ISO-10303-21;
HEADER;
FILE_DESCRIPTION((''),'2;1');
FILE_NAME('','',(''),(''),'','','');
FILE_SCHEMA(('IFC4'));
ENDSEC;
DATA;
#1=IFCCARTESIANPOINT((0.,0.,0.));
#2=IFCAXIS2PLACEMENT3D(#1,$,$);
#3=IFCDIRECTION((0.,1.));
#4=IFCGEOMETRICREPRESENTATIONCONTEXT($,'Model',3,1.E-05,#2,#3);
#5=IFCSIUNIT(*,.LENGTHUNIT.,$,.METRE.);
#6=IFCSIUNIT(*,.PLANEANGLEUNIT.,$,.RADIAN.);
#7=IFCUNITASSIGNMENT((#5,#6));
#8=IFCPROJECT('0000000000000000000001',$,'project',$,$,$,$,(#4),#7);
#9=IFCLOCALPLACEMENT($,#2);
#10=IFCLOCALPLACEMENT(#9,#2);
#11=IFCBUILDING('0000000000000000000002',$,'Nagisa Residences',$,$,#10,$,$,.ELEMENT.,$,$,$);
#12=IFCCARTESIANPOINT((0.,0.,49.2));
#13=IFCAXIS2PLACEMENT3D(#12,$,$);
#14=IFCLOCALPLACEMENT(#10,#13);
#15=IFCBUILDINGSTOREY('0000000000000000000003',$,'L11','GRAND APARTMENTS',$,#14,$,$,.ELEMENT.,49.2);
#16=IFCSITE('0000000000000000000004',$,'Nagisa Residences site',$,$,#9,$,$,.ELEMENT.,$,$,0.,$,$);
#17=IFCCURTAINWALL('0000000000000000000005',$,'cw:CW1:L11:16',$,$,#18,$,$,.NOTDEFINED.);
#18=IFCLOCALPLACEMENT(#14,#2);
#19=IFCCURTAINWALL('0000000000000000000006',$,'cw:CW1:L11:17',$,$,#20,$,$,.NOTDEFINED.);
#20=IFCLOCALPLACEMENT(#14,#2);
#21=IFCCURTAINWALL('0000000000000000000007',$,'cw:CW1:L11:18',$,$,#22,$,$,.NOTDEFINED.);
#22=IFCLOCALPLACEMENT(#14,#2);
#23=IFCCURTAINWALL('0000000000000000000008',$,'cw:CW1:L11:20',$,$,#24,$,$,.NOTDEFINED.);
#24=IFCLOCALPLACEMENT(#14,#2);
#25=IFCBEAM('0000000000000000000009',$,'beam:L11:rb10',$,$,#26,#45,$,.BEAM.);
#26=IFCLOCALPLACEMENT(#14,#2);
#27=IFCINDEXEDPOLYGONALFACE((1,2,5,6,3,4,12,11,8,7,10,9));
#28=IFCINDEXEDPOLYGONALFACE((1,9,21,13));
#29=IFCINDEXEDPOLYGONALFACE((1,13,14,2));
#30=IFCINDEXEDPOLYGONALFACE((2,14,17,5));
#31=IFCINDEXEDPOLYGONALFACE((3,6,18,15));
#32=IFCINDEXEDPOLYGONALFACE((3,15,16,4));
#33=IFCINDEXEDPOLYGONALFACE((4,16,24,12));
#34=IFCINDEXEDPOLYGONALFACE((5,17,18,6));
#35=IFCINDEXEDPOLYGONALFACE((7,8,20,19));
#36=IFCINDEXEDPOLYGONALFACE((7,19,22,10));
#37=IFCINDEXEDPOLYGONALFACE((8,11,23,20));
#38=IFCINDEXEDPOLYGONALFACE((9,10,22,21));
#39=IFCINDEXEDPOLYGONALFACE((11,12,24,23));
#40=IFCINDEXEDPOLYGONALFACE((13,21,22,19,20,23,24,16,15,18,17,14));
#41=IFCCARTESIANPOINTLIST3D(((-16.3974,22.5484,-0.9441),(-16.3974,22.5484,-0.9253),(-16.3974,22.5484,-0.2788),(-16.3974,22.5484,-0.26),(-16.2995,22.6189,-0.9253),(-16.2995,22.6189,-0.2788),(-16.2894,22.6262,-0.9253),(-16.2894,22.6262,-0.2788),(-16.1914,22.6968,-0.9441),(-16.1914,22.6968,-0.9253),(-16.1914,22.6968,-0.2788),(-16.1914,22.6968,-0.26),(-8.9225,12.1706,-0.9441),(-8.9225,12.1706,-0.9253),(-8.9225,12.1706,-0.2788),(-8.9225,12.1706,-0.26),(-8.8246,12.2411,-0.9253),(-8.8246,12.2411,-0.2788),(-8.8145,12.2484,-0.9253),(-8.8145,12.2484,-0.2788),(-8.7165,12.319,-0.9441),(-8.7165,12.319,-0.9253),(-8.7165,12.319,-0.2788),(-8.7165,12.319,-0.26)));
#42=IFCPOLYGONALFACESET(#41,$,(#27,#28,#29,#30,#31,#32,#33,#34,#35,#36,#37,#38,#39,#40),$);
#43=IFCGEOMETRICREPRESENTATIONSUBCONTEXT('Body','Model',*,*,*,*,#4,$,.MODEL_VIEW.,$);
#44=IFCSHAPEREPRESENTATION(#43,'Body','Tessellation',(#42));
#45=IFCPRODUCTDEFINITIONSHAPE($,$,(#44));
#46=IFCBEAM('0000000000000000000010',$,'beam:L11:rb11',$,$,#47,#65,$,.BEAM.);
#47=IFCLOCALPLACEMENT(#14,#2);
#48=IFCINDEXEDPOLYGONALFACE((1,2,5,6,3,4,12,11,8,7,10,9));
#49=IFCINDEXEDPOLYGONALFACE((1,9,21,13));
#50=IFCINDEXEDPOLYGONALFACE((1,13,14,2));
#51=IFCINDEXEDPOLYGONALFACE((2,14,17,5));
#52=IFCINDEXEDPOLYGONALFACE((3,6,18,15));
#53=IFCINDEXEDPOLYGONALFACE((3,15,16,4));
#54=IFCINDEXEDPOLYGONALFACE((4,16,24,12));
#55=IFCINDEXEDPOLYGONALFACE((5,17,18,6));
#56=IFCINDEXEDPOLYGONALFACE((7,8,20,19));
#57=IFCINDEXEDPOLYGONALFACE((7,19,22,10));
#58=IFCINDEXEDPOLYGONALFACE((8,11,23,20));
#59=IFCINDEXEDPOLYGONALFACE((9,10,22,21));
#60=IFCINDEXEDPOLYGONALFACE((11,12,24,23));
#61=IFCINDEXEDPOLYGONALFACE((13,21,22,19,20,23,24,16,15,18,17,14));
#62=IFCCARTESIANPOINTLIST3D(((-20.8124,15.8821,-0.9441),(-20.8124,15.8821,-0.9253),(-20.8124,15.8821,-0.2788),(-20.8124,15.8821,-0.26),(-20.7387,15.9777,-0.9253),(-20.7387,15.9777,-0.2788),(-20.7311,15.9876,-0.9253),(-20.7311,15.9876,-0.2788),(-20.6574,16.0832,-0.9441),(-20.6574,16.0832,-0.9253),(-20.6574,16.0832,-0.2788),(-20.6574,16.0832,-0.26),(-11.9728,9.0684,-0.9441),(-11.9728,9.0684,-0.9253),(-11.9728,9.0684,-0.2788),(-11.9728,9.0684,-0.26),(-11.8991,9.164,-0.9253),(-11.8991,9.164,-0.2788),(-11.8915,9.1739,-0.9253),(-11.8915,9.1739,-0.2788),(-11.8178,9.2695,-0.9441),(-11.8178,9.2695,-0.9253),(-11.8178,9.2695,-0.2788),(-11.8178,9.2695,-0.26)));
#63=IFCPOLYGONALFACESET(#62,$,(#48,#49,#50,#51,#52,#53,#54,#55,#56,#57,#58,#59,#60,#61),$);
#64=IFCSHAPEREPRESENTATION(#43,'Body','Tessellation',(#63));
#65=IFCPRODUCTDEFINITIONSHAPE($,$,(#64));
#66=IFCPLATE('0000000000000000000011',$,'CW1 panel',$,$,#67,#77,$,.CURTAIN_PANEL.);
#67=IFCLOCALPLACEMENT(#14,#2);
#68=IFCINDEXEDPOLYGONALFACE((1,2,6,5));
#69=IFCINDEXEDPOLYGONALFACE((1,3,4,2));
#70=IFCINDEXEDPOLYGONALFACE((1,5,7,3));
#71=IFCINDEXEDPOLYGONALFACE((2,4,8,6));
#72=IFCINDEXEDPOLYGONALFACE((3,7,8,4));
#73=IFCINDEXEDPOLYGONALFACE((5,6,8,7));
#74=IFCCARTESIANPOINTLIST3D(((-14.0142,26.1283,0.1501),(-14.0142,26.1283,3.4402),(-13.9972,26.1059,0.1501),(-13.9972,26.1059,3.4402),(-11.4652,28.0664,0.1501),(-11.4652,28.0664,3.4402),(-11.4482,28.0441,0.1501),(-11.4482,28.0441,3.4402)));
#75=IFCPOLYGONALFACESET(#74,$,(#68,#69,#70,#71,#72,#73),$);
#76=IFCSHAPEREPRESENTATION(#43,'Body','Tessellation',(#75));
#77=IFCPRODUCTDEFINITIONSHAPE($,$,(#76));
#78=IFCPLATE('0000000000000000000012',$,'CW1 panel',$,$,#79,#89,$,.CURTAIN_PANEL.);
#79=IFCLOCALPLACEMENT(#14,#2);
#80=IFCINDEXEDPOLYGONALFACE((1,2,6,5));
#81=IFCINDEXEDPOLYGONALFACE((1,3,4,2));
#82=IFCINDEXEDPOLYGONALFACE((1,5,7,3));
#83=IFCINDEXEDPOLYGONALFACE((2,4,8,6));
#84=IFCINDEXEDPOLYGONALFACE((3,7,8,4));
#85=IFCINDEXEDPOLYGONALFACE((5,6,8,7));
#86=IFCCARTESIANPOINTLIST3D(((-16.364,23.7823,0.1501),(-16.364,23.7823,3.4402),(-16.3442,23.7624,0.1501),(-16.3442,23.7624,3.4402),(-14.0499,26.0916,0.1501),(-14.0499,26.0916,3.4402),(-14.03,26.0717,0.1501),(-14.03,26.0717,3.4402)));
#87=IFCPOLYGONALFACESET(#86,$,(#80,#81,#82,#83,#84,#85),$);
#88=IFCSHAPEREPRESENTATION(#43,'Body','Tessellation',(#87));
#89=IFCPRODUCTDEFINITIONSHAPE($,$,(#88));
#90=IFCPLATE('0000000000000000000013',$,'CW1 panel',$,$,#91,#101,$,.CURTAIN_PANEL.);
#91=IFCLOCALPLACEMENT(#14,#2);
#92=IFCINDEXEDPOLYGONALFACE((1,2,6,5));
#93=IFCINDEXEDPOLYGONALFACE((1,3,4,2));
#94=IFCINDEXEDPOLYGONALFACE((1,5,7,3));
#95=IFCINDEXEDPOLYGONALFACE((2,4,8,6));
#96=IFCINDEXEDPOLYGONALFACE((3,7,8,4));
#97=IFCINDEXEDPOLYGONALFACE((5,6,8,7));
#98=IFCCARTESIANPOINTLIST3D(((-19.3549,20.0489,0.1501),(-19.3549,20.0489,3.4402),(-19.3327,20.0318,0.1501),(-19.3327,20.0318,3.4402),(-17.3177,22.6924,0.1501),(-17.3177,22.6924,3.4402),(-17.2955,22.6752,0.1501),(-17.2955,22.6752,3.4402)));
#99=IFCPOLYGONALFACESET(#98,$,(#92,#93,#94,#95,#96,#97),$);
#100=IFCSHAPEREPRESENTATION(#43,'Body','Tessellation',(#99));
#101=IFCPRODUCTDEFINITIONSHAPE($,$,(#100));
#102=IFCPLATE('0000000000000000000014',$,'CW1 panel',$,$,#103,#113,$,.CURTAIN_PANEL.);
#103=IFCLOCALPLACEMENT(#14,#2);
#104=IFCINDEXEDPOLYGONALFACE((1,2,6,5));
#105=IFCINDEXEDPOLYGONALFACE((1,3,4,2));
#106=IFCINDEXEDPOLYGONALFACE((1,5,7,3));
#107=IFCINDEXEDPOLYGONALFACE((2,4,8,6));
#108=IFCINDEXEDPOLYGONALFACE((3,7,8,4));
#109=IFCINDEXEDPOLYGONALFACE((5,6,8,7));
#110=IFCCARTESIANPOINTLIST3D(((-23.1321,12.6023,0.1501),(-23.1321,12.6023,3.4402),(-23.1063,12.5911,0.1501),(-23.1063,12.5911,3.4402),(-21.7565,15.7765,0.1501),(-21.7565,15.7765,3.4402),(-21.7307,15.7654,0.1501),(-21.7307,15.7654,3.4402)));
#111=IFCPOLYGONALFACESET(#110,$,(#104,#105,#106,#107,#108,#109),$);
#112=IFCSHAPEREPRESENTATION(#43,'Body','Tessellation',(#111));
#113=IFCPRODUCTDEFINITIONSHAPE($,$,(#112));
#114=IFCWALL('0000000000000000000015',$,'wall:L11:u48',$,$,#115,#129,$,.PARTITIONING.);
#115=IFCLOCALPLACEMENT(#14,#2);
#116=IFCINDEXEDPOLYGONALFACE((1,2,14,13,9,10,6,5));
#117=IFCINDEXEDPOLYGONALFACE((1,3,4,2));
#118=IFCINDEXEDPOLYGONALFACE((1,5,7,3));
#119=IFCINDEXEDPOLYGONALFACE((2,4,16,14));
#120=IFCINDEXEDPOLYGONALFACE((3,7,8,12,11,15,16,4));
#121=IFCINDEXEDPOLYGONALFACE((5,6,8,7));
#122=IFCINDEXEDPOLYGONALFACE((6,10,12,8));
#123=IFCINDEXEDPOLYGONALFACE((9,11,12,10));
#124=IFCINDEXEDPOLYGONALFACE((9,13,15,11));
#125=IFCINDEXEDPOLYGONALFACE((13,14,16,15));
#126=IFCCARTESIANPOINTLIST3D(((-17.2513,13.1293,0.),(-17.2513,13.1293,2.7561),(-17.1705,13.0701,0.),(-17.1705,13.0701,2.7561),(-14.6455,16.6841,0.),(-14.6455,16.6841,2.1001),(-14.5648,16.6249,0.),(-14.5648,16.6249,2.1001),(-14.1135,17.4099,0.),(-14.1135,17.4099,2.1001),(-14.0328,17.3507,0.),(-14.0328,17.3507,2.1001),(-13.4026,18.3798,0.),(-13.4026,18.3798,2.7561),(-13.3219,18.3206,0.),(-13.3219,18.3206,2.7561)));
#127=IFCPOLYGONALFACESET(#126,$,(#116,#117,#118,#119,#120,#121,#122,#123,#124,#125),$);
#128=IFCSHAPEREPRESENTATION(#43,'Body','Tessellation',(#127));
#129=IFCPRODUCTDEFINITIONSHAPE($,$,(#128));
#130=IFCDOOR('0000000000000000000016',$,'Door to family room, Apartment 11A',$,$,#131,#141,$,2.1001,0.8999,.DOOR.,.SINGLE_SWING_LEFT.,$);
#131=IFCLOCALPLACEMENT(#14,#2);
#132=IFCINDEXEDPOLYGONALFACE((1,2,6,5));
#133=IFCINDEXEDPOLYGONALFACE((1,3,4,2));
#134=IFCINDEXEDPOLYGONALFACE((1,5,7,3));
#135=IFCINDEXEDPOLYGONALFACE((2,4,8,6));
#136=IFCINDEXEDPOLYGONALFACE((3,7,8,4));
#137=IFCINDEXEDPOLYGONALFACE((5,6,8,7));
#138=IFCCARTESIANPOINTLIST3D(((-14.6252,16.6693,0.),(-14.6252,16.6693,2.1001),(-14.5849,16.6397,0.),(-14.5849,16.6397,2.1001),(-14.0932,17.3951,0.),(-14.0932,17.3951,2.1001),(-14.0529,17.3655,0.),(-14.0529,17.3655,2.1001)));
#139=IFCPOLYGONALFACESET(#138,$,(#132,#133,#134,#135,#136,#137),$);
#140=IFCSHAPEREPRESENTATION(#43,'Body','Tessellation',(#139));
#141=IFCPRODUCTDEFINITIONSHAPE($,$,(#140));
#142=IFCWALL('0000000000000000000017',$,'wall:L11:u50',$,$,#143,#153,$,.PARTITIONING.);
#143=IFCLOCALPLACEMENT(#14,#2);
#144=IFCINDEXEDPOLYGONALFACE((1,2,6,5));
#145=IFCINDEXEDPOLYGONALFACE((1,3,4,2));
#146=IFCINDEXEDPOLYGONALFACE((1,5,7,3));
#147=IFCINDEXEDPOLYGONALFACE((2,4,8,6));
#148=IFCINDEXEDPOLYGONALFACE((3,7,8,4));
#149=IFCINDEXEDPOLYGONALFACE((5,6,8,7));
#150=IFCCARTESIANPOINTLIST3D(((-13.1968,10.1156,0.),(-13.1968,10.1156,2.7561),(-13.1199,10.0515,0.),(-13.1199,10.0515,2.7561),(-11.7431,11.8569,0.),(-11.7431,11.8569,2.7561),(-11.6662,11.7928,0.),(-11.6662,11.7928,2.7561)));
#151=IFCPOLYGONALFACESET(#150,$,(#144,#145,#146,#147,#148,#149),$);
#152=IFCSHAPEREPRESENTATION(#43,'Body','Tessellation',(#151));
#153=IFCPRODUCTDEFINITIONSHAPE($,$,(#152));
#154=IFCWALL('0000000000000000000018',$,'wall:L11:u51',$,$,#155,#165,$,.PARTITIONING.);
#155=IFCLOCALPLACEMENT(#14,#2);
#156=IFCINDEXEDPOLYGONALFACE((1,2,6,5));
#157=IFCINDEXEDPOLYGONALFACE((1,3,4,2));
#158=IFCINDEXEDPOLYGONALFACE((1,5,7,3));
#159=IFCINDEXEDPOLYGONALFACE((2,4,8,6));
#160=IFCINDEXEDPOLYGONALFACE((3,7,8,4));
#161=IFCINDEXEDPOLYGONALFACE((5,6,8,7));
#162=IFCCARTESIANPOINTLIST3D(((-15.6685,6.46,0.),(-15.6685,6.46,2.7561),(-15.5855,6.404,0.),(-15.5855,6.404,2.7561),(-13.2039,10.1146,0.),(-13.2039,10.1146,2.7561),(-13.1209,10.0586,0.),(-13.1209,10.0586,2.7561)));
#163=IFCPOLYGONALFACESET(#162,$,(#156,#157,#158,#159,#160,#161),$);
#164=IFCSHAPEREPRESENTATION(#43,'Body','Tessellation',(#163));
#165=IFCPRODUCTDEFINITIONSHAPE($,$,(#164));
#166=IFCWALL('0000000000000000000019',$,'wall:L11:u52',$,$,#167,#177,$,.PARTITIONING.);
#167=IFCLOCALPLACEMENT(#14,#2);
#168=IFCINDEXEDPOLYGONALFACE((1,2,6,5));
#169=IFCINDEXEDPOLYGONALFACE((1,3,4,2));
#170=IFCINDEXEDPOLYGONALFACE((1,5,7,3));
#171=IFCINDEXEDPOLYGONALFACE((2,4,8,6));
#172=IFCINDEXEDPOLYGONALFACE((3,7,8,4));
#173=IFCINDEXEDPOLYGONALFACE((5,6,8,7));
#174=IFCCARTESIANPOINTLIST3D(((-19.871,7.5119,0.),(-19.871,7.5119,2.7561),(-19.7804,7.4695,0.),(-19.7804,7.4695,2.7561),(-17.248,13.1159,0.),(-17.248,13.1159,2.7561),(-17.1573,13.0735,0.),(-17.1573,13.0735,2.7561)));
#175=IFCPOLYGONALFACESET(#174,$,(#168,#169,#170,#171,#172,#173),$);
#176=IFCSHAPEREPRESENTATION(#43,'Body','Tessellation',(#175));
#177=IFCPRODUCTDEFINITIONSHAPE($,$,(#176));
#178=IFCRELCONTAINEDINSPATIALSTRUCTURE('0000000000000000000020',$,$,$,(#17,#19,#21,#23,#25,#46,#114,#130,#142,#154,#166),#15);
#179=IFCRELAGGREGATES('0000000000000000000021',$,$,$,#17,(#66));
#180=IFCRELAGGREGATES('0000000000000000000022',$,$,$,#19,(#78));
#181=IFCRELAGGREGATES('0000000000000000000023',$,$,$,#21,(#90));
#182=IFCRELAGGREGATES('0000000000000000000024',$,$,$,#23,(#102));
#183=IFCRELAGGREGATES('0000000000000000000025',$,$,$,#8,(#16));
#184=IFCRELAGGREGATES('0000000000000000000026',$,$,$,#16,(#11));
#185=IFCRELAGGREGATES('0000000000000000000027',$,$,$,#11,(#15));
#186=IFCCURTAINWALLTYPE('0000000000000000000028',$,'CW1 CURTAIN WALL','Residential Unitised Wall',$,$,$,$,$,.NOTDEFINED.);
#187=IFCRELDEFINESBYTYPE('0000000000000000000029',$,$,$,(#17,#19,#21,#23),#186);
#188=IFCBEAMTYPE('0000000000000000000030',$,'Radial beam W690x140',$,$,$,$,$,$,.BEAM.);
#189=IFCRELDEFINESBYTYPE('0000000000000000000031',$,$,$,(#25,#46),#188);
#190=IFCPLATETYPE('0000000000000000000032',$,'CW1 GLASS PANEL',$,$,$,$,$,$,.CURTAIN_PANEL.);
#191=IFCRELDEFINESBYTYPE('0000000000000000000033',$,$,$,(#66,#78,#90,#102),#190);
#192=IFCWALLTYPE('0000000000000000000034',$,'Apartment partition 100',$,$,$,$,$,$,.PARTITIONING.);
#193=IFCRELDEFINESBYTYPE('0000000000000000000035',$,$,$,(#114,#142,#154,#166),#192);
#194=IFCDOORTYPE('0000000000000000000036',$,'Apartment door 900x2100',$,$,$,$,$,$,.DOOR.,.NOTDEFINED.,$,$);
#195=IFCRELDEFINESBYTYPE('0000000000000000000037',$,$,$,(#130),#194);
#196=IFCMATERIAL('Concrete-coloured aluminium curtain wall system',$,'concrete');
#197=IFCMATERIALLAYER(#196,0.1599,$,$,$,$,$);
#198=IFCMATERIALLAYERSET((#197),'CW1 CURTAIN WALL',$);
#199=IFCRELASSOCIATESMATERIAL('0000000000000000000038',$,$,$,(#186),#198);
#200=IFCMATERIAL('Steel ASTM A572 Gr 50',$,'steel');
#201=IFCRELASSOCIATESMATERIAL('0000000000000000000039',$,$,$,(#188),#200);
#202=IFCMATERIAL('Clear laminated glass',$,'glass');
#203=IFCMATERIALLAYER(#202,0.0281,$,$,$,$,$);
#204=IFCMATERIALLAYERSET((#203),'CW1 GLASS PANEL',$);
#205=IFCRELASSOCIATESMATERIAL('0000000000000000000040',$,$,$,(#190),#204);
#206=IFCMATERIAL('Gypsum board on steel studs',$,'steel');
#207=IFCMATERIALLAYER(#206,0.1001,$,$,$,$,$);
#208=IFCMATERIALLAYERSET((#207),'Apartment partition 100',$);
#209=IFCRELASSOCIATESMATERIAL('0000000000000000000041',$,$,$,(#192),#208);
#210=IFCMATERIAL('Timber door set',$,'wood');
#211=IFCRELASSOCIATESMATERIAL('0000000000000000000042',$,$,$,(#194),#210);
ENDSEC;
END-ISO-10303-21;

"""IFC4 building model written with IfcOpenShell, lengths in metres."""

from ifc_helpers import new_model, si_unit, direction, frame, frame_2d, origin, origin_2d, place, context, subcontext, project, spatial, rectangle, i_section, extrude, material, layer, layer_set, material_profile, profile_set, type_object, element, fill, aggregate, save


model = new_model("IFC4")

# Units and contexts
model_context = context("Model", 3, precision=1e-05, world=origin(), true_north=direction((0.0, 1.0)))
body_context = subcontext(model_context, "Body", "Model", "MODEL_VIEW")
ifc_project = project(units=[si_unit("LENGTHUNIT", "METRE"), si_unit("PLANEANGLEUNIT", "RADIAN")], contexts=[model_context])

# Site, building, storey
site_placement = place(None, origin())
site = spatial("IfcSite", under=ifc_project, at=site_placement, Name="Nagisa Residences site", CompositionType="ELEMENT", RefElevation=0.0)
building_placement = place(site_placement, origin())
building = spatial("IfcBuilding", under=site, at=building_placement, Name="Nagisa Residences", CompositionType="ELEMENT")
storey_placement = place(building_placement, frame((0.0, 0.0, 49.2)))
storey = spatial("IfcBuildingStorey", under=building, at=storey_placement, Name="L11", Description="GRAND APARTMENTS", CompositionType="ELEMENT", Elevation=49.2)

# Curtain walls
ifc_material_1 = material(Name="Concrete-coloured aluminium curtain wall system", Category="concrete")
ifc_layer_1 = layer(ifc_material_1, 0.1599)
ifc_layer_set_1 = layer_set([ifc_layer_1], Name="CW1 CURTAIN WALL")
curtain_wall_type = type_object("IfcCurtainWallType", Name="CW1 CURTAIN WALL", Description="Residential Unitised Wall", PredefinedType="NOTDEFINED", material=ifc_layer_set_1)
curtain_wall_1_placement = place(storey_placement, origin())
curtain_wall_1 = element("IfcCurtainWall", 1, at=curtain_wall_1_placement, inside=storey, type_object=curtain_wall_type, Name="cw:CW1:L11:16", PredefinedType="NOTDEFINED")
curtain_wall_2_placement = place(storey_placement, origin())
curtain_wall_2 = element("IfcCurtainWall", 2, at=curtain_wall_2_placement, inside=storey, type_object=curtain_wall_type, Name="cw:CW1:L11:17", PredefinedType="NOTDEFINED")
curtain_wall_3_placement = place(storey_placement, origin())
curtain_wall_3 = element("IfcCurtainWall", 3, at=curtain_wall_3_placement, inside=storey, type_object=curtain_wall_type, Name="cw:CW1:L11:18", PredefinedType="NOTDEFINED")
curtain_wall_4_placement = place(storey_placement, origin())
curtain_wall_4 = element("IfcCurtainWall", 4, at=curtain_wall_4_placement, inside=storey, type_object=curtain_wall_type, Name="cw:CW1:L11:20", PredefinedType="NOTDEFINED")

# Beams
ifc_material_2 = material(Name="Steel ASTM A572 Gr 50", Category="steel")
ifc_material_profile_1 = material_profile(ifc_material_2, i_section(OverallWidth=0.2539, OverallDepth=0.6841, WebThickness=0.0125, FlangeThickness=0.0188, at=origin_2d()), Name="W690x140")
ifc_profile_set_1 = profile_set([ifc_material_profile_1], Name="Steel ASTM A572 Gr 50")
beam_type_1 = type_object("IfcBeamType", Name="Radial beam W690x140", PredefinedType="BEAM", material=ifc_profile_set_1)
beam_1_placement = place(storey_placement, frame((-16.2944, 22.6226, -0.6021), z_axis=(0.584455, -0.811426, 0.0), x_axis=(0.811426, 0.584455, 0.0)))
element("IfcBeam", 5, at=beam_1_placement, inside=storey, type_object=beam_type_1, Name="beam:L11:rb10", PredefinedType="BEAM", context=body_context, shape_type="SweptSolid", body=[
    extrude(i_section(OverallWidth=0.2539, OverallDepth=0.6841, WebThickness=0.0125, FlangeThickness=0.0188, at=origin_2d()), origin(), (0.0, 0.0, 1.0), 12.7896),
])
beam_2_placement = place(storey_placement, frame((-20.7349, 15.9827, -0.6021), z_axis=(0.792016, -0.6105, 0.0), x_axis=(0.6105, 0.792016, 0.0)))
element("IfcBeam", 6, at=beam_2_placement, inside=storey, type_object=beam_type_1, Name="beam:L11:rb11", PredefinedType="BEAM", context=body_context, shape_type="SweptSolid", body=[
    extrude(i_section(OverallWidth=0.2539, OverallDepth=0.6841, WebThickness=0.0125, FlangeThickness=0.0188, at=origin_2d()), origin(), (0.0, 0.0, 1.0), 11.1609),
])

# Plates
ifc_material_3 = material(Name="Clear laminated glass", Category="glass")
ifc_layer_2 = layer(ifc_material_3, 0.0281)
ifc_layer_set_2 = layer_set([ifc_layer_2], Name="CW1 GLASS PANEL")
plate_type = type_object("IfcPlateType", Name="CW1 GLASS PANEL", PredefinedType="CURTAIN_PANEL", material=ifc_layer_set_2)
plate_1_placement = place(storey_placement, frame((-12.7312, 27.0862, 0.1501), z_axis=(0.0, 0.0, 1.0), x_axis=(-0.796031, -0.605255, 0.0)))
plate_1 = element("IfcPlate", 7, at=plate_1_placement, type_object=plate_type, Name="CW1 panel", PredefinedType="CURTAIN_PANEL", context=body_context, shape_type="SweptSolid", body=[
    extrude(rectangle(XDim=3.2021, YDim=0.0281, at=origin_2d()), origin(), (0.0, 0.0, 1.0), 3.29),
])
aggregate(curtain_wall_1, [plate_1])
plate_2_placement = place(storey_placement, frame((-15.197, 24.927, 0.1501), z_axis=(0.0, 0.0, 1.0), x_axis=(-0.707836, -0.706377, 0.0)))
plate_2 = element("IfcPlate", 8, at=plate_2_placement, type_object=plate_type, Name="CW1 panel", PredefinedType="CURTAIN_PANEL", context=body_context, shape_type="SweptSolid", body=[
    extrude(rectangle(XDim=3.2693, YDim=0.0281, at=origin_2d()), origin(), (0.0, 0.0, 1.0), 3.29),
])
aggregate(curtain_wall_2, [plate_2])
plate_3_placement = place(storey_placement, frame((-18.3252, 21.3621, 0.1501), z_axis=(0.0, 0.0, 1.0), x_axis=(-0.61043, -0.79207, 0.0)))
plate_3 = element("IfcPlate", 9, at=plate_3_placement, type_object=plate_type, Name="CW1 panel", PredefinedType="CURTAIN_PANEL", context=body_context, shape_type="SweptSolid", body=[
    extrude(rectangle(XDim=3.3374, YDim=0.0281, at=origin_2d()), origin(), (0.0, 0.0, 1.0), 3.29),
])
aggregate(curtain_wall_3, [plate_3])
plate_4_placement = place(storey_placement, frame((-22.4314, 14.1838, 0.1501), z_axis=(0.0, 0.0, 1.0), x_axis=(-0.397636, -0.917543, 0.0)))
plate_4 = element("IfcPlate", 10, at=plate_4_placement, type_object=plate_type, Name="CW1 panel", PredefinedType="CURTAIN_PANEL", context=body_context, shape_type="SweptSolid", body=[
    extrude(rectangle(XDim=3.4595, YDim=0.0281, at=origin_2d()), origin(), (0.0, 0.0, 1.0), 3.29),
])
aggregate(curtain_wall_4, [plate_4])

# Wall, opening, door
ifc_material_4 = material(Name="Gypsum board on steel studs", Category="steel")
ifc_layer_3 = layer(ifc_material_4, 0.1001)
ifc_layer_set_3 = layer_set([ifc_layer_3], Name="Apartment partition 100")
wall_type_1 = type_object("IfcWallType", Name="Apartment partition 100", PredefinedType="PARTITIONING", material=ifc_layer_set_3)
wall_1_placement = place(storey_placement, frame((-13.3623, 18.3501, 0.0), z_axis=(0.0, 0.0, 1.0), x_axis=(-0.591191, -0.806531, 0.0)))
wall_1 = element("IfcWall", 11, at=wall_1_placement, inside=storey, type_object=wall_type_1, Name="wall:L11:u48", PredefinedType="PARTITIONING", context=body_context, shape_type="SweptSolid", body=[
    extrude(rectangle(XDim=6.51, YDim=0.1001, at=frame_2d((3.2549, 0.0))), origin(), (0.0, 0.0, 1.0), 2.7561),
])
opening_1_placement = place(wall_1_placement, frame((1.2024, 0.0, 0.0)))
opening_1 = element("IfcOpeningElement", 12, at=opening_1_placement, cuts=wall_1, PredefinedType="OPENING", context=body_context, shape_type="SweptSolid", body=[
    extrude(rectangle(XDim=0.8999, YDim=2.1001, at=frame_2d((0.45, 1.05))), frame((0.0, 0.0601, 0.0), z_axis=(0.0, -1.0, 0.0), x_axis=(1.0, 0.0, 0.0)), (0.0, 0.0, 1.0), 0.1201),
])
ifc_material_5 = material(Name="Timber door set", Category="wood")
door_type_1 = type_object("IfcDoorType", Name="Apartment door 900x2100", OperationType="NOTDEFINED", PredefinedType="DOOR", material=ifc_material_5)
door_1_placement = place(opening_1_placement, frame((0.8999, 0.0, 0.0), x_axis=(-1.0, 0.0, 0.0)))
door_1 = element("IfcDoor", 13, at=door_1_placement, inside=storey, type_object=door_type_1, Name="Door to family room, Apartment 11A", OperationType="SINGLE_SWING_LEFT", OverallHeight=2.1001, OverallWidth=0.8999, PredefinedType="DOOR", context=body_context, shape_type="SweptSolid", body=[
    extrude(rectangle(XDim=0.8999, YDim=2.1001, at=frame_2d((0.45, 1.05))), frame((0.0, 0.0249, 0.0), z_axis=(0.0, -1.0, 0.0), x_axis=(1.0, 0.0, 0.0)), (0.0, 0.0, 1.0), 0.05),
])
fill(opening_1, door_1)

# Walls
wall_2_placement = place(storey_placement, frame((-11.7046, 11.825, 0.0), z_axis=(0.0, 0.0, 1.0), x_axis=(-0.640862, -0.767656, 0.0)))
element("IfcWall", 14, at=wall_2_placement, inside=storey, type_object=wall_type_1, Name="wall:L11:u50", PredefinedType="PARTITIONING", context=body_context, shape_type="SweptSolid", body=[
    extrude(rectangle(XDim=2.2683, YDim=0.1001, at=frame_2d((1.1343, 0.0))), origin(), (0.0, 0.0, 1.0), 2.7561),
])
wall_3_placement = place(storey_placement, frame((-13.1624, 10.0867, 0.0), z_axis=(0.0, 0.0, 1.0), x_axis=(-0.559128, -0.829082, 0.0)))
element("IfcWall", 15, at=wall_3_placement, inside=storey, type_object=wall_type_1, Name="wall:L11:u51", PredefinedType="PARTITIONING", context=body_context, shape_type="SweptSolid", body=[
    extrude(rectangle(XDim=4.408, YDim=0.1001, at=frame_2d((2.2041, 0.0))), origin(), (0.0, 0.0, 1.0), 2.7561),
])
wall_4_placement = place(storey_placement, frame((-17.2026, 13.0947, 0.0), z_axis=(0.0, 0.0, 1.0), x_axis=(-0.423926, -0.905697, 0.0)))
element("IfcWall", 16, at=wall_4_placement, inside=storey, type_object=wall_type_1, Name="wall:L11:u52", PredefinedType="PARTITIONING", context=body_context, shape_type="SweptSolid", body=[
    extrude(rectangle(XDim=6.1875, YDim=0.1001, at=frame_2d((3.0938, 0.0))), origin(), (0.0, 0.0, 1.0), 2.7561),
])

save(model, "model.ifc")
